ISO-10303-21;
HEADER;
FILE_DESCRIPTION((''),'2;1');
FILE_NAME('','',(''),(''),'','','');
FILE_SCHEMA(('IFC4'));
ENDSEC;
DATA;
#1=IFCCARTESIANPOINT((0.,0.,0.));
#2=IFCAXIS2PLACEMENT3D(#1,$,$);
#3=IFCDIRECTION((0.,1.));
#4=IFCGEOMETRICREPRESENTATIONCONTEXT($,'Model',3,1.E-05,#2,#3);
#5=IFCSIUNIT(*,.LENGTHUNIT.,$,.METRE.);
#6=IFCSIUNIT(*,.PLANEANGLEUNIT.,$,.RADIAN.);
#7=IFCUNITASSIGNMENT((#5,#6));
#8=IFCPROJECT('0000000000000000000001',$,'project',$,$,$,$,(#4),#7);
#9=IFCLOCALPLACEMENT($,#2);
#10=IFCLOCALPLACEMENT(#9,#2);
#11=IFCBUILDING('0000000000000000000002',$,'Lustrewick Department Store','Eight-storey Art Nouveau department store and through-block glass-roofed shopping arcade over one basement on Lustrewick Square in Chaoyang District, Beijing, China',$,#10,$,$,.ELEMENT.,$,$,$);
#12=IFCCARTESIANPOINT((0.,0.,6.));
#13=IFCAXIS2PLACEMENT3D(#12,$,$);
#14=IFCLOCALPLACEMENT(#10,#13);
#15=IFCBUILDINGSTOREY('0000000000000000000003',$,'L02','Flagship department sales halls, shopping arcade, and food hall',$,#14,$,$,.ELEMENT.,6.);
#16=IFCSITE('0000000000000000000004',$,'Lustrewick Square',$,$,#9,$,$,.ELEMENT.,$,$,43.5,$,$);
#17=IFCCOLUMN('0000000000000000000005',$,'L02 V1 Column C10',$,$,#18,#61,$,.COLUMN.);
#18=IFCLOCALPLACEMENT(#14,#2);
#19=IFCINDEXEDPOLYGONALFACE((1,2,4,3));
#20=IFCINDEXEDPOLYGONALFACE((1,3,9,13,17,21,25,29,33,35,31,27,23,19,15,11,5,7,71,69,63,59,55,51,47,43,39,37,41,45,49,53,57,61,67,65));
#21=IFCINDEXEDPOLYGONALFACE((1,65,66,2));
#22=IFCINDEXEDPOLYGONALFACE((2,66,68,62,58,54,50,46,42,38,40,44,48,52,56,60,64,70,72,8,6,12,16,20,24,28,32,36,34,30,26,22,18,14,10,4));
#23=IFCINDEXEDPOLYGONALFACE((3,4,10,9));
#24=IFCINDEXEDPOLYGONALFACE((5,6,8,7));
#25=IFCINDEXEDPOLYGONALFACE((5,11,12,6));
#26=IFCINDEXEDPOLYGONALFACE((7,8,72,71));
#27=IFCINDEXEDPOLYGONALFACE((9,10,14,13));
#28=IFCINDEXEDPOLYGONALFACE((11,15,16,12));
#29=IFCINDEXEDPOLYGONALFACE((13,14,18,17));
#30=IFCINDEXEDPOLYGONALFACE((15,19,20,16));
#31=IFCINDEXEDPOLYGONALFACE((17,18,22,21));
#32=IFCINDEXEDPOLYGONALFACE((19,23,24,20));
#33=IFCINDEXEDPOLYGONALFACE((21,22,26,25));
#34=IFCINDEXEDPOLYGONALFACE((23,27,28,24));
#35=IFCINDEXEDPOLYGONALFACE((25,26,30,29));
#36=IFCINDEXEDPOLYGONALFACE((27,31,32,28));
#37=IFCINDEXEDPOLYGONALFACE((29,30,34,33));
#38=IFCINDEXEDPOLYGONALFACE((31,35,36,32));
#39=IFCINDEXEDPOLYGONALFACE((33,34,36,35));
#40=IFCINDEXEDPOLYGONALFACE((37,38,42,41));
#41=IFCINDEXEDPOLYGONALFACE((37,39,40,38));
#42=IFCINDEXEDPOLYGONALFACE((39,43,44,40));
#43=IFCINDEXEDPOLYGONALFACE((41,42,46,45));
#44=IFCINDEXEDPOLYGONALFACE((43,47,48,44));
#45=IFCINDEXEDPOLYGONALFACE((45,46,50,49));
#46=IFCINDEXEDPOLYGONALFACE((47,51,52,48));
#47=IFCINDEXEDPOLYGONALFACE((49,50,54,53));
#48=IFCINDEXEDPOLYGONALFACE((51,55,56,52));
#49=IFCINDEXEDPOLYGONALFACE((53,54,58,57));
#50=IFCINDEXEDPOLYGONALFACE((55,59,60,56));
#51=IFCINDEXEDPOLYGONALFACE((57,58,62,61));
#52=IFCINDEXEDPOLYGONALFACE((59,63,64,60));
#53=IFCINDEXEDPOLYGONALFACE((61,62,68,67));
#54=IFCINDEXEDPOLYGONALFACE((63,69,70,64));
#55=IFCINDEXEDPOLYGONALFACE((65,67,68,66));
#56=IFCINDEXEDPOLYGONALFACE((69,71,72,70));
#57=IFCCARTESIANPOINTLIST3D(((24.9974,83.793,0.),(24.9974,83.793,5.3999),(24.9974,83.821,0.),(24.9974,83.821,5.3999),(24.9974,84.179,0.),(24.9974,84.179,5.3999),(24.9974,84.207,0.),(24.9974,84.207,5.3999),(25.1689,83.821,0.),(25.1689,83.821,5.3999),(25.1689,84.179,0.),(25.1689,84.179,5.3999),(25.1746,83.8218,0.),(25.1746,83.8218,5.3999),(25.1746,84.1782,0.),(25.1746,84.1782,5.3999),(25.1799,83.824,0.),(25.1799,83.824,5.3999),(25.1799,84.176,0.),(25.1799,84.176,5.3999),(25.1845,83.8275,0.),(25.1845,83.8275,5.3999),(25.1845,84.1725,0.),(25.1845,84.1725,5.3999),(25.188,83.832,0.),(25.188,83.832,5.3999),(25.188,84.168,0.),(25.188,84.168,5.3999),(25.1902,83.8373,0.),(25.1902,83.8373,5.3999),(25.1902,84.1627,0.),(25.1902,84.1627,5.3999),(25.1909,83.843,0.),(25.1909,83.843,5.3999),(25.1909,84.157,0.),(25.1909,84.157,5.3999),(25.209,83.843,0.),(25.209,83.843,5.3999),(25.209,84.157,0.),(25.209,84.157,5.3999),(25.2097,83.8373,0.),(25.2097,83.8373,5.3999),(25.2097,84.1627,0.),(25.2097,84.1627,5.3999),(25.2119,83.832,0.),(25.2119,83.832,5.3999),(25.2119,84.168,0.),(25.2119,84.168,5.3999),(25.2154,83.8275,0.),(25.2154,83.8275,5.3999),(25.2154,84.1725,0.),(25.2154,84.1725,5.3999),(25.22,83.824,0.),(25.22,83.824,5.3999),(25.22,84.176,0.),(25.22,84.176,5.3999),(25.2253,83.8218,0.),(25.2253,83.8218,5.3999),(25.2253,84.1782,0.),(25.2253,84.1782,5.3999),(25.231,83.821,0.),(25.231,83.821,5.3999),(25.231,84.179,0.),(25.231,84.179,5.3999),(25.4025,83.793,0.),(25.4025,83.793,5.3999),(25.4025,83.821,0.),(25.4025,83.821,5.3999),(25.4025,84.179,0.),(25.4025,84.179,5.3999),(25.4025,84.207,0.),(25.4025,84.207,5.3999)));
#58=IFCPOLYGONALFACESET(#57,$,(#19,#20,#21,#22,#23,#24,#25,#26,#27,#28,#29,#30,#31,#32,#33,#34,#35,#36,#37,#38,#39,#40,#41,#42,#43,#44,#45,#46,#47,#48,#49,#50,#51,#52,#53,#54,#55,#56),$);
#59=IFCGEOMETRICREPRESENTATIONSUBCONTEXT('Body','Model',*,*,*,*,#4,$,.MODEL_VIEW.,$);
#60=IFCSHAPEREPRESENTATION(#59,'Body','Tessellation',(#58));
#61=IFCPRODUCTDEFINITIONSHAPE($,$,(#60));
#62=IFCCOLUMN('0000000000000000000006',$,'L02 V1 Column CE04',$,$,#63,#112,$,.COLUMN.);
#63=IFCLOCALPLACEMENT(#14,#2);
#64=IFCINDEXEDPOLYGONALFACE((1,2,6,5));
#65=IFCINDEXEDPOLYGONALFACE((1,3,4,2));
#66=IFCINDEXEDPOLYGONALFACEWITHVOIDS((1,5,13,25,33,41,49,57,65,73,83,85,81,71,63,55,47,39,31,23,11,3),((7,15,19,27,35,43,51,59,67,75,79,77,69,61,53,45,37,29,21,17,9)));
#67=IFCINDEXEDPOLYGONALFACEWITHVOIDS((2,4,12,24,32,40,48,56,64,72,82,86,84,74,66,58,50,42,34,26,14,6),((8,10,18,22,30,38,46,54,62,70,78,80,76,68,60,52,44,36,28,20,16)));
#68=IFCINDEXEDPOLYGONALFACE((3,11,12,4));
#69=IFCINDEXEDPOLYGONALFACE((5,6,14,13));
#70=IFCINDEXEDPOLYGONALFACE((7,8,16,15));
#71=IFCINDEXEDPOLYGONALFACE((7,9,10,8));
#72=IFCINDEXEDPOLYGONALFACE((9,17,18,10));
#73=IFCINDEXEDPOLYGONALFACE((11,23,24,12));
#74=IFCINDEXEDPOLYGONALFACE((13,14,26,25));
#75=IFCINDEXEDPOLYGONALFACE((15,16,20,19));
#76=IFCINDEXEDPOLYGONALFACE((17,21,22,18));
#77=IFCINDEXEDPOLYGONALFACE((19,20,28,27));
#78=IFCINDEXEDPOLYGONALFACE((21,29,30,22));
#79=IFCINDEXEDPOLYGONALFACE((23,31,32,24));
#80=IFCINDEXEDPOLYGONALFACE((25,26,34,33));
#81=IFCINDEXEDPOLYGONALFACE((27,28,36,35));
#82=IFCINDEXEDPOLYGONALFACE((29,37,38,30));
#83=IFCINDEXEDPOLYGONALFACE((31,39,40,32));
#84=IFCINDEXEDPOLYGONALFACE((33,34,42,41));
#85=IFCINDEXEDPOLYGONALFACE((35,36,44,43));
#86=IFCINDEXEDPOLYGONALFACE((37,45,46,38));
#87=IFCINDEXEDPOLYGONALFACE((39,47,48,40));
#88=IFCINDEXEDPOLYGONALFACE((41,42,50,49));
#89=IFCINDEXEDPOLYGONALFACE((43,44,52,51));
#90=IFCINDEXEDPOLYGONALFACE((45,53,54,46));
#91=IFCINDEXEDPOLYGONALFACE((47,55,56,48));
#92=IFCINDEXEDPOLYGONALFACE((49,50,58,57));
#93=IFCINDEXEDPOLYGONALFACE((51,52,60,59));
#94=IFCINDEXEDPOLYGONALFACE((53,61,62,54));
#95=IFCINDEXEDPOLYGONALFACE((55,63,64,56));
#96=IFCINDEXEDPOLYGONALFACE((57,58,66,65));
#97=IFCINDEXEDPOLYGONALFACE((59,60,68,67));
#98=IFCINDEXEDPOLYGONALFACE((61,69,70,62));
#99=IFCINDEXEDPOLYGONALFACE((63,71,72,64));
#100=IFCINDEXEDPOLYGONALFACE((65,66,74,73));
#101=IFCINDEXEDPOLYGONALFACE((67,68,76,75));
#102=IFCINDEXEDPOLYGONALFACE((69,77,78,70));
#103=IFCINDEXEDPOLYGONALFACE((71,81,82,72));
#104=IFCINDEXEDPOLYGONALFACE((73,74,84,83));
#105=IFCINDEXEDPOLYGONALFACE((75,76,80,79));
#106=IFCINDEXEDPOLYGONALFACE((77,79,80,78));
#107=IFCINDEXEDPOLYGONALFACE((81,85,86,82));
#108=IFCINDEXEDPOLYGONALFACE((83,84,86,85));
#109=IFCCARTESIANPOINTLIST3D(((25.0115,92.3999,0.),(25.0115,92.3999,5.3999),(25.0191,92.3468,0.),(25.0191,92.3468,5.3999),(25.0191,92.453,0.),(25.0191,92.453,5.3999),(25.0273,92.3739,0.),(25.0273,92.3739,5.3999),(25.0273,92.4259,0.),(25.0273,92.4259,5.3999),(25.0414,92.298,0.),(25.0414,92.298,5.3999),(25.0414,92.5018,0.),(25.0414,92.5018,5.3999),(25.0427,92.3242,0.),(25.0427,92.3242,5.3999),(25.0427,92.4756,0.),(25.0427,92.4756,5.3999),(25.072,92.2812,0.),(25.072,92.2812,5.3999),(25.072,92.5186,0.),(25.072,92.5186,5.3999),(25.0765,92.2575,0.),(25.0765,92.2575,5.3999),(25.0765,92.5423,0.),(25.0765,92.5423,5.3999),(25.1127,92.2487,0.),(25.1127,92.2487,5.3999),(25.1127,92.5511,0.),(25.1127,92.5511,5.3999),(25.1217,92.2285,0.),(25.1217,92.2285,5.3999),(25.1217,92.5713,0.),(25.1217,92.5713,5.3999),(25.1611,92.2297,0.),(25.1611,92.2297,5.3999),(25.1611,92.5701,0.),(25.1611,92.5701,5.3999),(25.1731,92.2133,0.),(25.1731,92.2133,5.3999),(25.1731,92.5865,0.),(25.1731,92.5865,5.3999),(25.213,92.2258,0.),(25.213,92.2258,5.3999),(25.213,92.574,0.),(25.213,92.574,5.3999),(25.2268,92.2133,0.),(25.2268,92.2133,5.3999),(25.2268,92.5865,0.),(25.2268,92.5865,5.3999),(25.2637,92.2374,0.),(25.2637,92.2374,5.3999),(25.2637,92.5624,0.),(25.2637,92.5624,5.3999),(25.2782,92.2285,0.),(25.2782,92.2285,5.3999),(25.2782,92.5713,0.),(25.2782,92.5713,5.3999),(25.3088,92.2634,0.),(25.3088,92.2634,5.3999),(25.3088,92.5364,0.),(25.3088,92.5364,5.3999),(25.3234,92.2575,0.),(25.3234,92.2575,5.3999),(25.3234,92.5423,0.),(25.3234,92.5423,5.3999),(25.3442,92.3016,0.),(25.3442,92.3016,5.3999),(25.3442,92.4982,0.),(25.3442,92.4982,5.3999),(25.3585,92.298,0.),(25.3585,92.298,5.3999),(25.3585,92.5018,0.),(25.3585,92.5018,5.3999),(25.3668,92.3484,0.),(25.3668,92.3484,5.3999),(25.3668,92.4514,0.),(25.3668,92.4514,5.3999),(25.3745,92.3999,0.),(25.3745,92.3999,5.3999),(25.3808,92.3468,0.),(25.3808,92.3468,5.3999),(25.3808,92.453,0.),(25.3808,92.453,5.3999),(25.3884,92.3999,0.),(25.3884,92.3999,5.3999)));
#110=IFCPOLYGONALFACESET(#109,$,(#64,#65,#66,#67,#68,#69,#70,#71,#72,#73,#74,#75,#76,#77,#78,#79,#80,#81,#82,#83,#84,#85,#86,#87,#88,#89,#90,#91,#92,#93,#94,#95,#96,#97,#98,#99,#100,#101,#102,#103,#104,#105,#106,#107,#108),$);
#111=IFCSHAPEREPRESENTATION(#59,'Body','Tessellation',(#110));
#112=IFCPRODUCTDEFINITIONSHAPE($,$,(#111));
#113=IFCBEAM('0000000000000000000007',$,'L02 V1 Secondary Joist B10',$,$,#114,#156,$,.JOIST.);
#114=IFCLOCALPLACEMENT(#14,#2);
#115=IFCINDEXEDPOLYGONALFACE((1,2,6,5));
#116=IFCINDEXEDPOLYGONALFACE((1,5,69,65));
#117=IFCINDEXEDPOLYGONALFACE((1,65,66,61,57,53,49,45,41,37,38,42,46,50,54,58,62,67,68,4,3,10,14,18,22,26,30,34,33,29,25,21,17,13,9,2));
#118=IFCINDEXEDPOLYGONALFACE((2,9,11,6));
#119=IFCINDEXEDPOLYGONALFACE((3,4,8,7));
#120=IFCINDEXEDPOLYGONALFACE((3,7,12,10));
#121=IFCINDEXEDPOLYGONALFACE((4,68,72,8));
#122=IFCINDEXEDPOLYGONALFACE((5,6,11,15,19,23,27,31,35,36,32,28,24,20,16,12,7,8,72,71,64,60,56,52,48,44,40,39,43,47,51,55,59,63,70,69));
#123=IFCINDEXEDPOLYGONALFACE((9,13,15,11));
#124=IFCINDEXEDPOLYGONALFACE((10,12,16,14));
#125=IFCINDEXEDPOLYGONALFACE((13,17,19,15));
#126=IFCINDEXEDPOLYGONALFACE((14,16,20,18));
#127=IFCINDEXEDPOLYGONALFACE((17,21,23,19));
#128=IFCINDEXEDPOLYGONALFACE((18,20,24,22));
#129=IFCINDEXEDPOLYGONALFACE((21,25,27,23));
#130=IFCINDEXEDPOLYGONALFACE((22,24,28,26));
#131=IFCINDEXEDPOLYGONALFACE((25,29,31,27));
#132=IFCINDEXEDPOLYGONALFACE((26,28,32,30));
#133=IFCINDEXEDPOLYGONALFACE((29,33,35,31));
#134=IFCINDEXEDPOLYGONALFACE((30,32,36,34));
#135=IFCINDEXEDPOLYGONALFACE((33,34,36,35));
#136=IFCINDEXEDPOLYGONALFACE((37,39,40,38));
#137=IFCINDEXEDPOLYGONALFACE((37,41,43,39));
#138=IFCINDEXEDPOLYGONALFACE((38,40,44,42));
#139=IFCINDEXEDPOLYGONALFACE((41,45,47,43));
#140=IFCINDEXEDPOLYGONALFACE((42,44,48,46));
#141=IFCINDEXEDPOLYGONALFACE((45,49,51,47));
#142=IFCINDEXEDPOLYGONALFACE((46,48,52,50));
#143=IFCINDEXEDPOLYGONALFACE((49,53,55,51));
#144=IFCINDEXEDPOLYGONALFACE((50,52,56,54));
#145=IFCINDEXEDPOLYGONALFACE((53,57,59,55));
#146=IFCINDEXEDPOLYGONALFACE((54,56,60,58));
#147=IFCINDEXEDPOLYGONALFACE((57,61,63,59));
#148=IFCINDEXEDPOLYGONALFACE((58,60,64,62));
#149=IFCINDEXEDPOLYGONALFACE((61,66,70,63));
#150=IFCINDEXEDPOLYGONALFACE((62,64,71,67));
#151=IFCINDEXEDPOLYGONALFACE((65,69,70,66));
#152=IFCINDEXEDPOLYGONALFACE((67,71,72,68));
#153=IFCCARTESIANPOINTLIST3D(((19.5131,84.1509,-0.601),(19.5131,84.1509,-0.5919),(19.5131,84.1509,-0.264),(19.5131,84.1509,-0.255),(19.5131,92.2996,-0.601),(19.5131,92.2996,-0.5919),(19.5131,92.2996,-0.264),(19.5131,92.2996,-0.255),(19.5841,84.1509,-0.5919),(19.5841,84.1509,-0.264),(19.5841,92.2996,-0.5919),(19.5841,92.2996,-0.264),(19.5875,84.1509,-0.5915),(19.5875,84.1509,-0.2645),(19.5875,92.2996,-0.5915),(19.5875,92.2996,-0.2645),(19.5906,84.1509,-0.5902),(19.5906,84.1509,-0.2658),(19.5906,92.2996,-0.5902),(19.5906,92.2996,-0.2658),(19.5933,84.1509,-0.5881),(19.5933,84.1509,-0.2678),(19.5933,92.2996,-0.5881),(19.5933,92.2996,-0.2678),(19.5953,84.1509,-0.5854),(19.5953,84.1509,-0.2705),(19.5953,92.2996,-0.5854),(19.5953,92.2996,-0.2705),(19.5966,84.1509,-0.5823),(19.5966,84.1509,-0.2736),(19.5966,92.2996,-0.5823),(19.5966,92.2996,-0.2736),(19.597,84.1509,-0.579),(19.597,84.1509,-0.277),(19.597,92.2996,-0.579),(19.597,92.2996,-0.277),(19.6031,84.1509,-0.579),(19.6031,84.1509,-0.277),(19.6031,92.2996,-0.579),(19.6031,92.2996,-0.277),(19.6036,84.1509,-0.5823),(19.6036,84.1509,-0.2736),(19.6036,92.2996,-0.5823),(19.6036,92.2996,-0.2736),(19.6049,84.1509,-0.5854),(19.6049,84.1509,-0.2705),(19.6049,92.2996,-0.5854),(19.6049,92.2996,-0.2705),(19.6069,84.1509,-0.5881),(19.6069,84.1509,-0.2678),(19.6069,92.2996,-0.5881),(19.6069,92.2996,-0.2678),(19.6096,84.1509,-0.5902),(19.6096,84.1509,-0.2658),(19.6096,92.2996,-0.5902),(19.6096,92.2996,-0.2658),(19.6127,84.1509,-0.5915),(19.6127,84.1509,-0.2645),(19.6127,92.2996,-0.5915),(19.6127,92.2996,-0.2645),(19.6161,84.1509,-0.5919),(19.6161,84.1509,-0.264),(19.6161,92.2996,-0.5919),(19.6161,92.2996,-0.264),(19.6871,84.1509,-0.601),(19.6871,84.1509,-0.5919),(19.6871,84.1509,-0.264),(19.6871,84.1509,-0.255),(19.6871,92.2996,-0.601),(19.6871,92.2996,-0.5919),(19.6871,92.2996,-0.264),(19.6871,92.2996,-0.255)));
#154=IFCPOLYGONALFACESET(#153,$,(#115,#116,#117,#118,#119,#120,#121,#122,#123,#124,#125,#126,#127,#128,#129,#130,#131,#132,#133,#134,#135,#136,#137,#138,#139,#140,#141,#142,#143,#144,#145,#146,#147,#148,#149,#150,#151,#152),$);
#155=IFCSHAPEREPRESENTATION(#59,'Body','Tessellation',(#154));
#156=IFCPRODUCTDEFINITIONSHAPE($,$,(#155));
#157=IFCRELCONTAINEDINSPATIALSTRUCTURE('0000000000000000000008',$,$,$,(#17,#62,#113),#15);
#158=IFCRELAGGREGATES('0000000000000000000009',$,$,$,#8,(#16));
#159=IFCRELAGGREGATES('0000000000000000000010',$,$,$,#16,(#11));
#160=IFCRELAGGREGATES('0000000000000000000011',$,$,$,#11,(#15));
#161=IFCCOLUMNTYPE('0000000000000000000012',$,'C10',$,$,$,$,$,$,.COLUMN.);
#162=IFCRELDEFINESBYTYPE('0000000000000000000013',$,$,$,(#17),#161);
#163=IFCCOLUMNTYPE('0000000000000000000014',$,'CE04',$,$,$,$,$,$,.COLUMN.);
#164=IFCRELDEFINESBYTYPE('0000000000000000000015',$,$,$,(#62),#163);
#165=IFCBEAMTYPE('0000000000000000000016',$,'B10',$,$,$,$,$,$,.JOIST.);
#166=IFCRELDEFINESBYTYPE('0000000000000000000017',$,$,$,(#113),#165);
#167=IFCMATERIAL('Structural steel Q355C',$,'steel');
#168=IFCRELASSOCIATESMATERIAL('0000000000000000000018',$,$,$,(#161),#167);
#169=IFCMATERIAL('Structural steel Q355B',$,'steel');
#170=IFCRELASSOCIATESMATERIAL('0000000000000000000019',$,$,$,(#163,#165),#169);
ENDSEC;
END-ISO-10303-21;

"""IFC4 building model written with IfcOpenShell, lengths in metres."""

from ifc_helpers import new_model, si_unit, direction, frame, origin, origin_2d, place, context, subcontext, project, spatial, hollow_circle, i_section, extrude, material, material_profile, profile_set, type_object, element, save


model = new_model("IFC4")

# Units and contexts
model_context = context("Model", 3, precision=1e-05, world=origin(), true_north=direction((0.0, 1.0)))
body_context = subcontext(model_context, "Body", "Model", "MODEL_VIEW")
ifc_project = project(units=[si_unit("LENGTHUNIT", "METRE"), si_unit("PLANEANGLEUNIT", "RADIAN")], contexts=[model_context])

# Site, building, storey
site_placement = place(None, origin())
site = spatial("IfcSite", under=ifc_project, at=site_placement, Name="Lustrewick Square", CompositionType="ELEMENT", RefElevation=43.5)
building_placement = place(site_placement, origin())
building = spatial("IfcBuilding", under=site, at=building_placement, Name="Lustrewick Department Store", Description="Eight-storey Art Nouveau department store and through-block glass-roofed shopping arcade over one basement on Lustrewick Square in Chaoyang District, Beijing, China", CompositionType="ELEMENT")
storey_placement = place(building_placement, frame((0.0, 0.0, 6.0)))
storey = spatial("IfcBuildingStorey", under=building, at=storey_placement, Name="L02", Description="Flagship department sales halls, shopping arcade, and food hall", CompositionType="ELEMENT", Elevation=6.0)

# Columns
ifc_material_1 = material(Name="Structural steel Q355C", Category="steel")
ifc_material_profile_1 = material_profile(ifc_material_1, i_section(OverallWidth=0.405, OverallDepth=0.4141, WebThickness=0.0181, FlangeThickness=0.0281, FilletRadius=0.022, at=origin_2d()), Name="HW 414x405x18x28")
ifc_profile_set_1 = profile_set([ifc_material_profile_1], Name="Structural steel Q355C")
column_type_1 = type_object("IfcColumnType", Name="C10", PredefinedType="COLUMN", material=ifc_profile_set_1)
column_1_placement = place(storey_placement, frame((25.2, 84.0, 0.0), z_axis=(0.0, 0.0, 1.0), x_axis=(1.0, 0.0, 0.0)))
element("IfcColumn", 1, at=column_1_placement, inside=storey, type_object=column_type_1, Name="L02 V1 Column C10", PredefinedType="COLUMN", context=body_context, shape_type="SweptSolid", body=[
    extrude(i_section(OverallWidth=0.405, OverallDepth=0.4141, WebThickness=0.0181, FlangeThickness=0.0281, FilletRadius=0.022, at=origin_2d()), origin(), (0.0, 0.0, 1.0), 5.3999),
])
ifc_material_2 = material(Name="Structural steel Q355B", Category="steel")
ifc_material_profile_2 = material_profile(ifc_material_2, hollow_circle(Radius=0.1885, WallThickness=0.0139, at=origin_2d()), Name="CHS 377x14")
ifc_profile_set_2 = profile_set([ifc_material_profile_2], Name="Structural steel Q355B")
column_type_2 = type_object("IfcColumnType", Name="CE04", PredefinedType="COLUMN", material=ifc_profile_set_2)
column_2_placement = place(storey_placement, frame((25.2, 92.3999, 0.0), z_axis=(0.0, 0.0, 1.0), x_axis=(1.0, 0.0, 0.0)))
element("IfcColumn", 2, at=column_2_placement, inside=storey, type_object=column_type_2, Name="L02 V1 Column CE04", PredefinedType="COLUMN", context=body_context, shape_type="SweptSolid", body=[
    extrude(hollow_circle(Radius=0.1885, WallThickness=0.0139, at=origin_2d()), origin(), (0.0, 0.0, 1.0), 5.3999),
])

# Beam
ifc_material_profile_3 = material_profile(ifc_material_2, i_section(OverallWidth=0.1741, OverallDepth=0.3459, WebThickness=0.0061, FlangeThickness=0.009, FilletRadius=0.0129, at=origin_2d()), Name="HN 346x174x6x9")
ifc_profile_set_3 = profile_set([ifc_material_profile_3], Name="Structural steel Q355B")
beam_type_1 = type_object("IfcBeamType", Name="B10", PredefinedType="JOIST", material=ifc_profile_set_3)
beam_1_placement = place(storey_placement, frame((19.6001, 84.1509, -0.428), z_axis=(0.0, 1.0, 0.0), x_axis=(-1.0, 0.0, 0.0)))
element("IfcBeam", 3, at=beam_1_placement, inside=storey, type_object=beam_type_1, Name="L02 V1 Secondary Joist B10", PredefinedType="JOIST", context=body_context, shape_type="SweptSolid", body=[
    extrude(i_section(OverallWidth=0.1741, OverallDepth=0.3459, WebThickness=0.0061, FlangeThickness=0.009, FilletRadius=0.0129, at=origin_2d()), origin(), (0.0, 0.0, 1.0), 8.1487),
])

save(model, "model.ifc")
